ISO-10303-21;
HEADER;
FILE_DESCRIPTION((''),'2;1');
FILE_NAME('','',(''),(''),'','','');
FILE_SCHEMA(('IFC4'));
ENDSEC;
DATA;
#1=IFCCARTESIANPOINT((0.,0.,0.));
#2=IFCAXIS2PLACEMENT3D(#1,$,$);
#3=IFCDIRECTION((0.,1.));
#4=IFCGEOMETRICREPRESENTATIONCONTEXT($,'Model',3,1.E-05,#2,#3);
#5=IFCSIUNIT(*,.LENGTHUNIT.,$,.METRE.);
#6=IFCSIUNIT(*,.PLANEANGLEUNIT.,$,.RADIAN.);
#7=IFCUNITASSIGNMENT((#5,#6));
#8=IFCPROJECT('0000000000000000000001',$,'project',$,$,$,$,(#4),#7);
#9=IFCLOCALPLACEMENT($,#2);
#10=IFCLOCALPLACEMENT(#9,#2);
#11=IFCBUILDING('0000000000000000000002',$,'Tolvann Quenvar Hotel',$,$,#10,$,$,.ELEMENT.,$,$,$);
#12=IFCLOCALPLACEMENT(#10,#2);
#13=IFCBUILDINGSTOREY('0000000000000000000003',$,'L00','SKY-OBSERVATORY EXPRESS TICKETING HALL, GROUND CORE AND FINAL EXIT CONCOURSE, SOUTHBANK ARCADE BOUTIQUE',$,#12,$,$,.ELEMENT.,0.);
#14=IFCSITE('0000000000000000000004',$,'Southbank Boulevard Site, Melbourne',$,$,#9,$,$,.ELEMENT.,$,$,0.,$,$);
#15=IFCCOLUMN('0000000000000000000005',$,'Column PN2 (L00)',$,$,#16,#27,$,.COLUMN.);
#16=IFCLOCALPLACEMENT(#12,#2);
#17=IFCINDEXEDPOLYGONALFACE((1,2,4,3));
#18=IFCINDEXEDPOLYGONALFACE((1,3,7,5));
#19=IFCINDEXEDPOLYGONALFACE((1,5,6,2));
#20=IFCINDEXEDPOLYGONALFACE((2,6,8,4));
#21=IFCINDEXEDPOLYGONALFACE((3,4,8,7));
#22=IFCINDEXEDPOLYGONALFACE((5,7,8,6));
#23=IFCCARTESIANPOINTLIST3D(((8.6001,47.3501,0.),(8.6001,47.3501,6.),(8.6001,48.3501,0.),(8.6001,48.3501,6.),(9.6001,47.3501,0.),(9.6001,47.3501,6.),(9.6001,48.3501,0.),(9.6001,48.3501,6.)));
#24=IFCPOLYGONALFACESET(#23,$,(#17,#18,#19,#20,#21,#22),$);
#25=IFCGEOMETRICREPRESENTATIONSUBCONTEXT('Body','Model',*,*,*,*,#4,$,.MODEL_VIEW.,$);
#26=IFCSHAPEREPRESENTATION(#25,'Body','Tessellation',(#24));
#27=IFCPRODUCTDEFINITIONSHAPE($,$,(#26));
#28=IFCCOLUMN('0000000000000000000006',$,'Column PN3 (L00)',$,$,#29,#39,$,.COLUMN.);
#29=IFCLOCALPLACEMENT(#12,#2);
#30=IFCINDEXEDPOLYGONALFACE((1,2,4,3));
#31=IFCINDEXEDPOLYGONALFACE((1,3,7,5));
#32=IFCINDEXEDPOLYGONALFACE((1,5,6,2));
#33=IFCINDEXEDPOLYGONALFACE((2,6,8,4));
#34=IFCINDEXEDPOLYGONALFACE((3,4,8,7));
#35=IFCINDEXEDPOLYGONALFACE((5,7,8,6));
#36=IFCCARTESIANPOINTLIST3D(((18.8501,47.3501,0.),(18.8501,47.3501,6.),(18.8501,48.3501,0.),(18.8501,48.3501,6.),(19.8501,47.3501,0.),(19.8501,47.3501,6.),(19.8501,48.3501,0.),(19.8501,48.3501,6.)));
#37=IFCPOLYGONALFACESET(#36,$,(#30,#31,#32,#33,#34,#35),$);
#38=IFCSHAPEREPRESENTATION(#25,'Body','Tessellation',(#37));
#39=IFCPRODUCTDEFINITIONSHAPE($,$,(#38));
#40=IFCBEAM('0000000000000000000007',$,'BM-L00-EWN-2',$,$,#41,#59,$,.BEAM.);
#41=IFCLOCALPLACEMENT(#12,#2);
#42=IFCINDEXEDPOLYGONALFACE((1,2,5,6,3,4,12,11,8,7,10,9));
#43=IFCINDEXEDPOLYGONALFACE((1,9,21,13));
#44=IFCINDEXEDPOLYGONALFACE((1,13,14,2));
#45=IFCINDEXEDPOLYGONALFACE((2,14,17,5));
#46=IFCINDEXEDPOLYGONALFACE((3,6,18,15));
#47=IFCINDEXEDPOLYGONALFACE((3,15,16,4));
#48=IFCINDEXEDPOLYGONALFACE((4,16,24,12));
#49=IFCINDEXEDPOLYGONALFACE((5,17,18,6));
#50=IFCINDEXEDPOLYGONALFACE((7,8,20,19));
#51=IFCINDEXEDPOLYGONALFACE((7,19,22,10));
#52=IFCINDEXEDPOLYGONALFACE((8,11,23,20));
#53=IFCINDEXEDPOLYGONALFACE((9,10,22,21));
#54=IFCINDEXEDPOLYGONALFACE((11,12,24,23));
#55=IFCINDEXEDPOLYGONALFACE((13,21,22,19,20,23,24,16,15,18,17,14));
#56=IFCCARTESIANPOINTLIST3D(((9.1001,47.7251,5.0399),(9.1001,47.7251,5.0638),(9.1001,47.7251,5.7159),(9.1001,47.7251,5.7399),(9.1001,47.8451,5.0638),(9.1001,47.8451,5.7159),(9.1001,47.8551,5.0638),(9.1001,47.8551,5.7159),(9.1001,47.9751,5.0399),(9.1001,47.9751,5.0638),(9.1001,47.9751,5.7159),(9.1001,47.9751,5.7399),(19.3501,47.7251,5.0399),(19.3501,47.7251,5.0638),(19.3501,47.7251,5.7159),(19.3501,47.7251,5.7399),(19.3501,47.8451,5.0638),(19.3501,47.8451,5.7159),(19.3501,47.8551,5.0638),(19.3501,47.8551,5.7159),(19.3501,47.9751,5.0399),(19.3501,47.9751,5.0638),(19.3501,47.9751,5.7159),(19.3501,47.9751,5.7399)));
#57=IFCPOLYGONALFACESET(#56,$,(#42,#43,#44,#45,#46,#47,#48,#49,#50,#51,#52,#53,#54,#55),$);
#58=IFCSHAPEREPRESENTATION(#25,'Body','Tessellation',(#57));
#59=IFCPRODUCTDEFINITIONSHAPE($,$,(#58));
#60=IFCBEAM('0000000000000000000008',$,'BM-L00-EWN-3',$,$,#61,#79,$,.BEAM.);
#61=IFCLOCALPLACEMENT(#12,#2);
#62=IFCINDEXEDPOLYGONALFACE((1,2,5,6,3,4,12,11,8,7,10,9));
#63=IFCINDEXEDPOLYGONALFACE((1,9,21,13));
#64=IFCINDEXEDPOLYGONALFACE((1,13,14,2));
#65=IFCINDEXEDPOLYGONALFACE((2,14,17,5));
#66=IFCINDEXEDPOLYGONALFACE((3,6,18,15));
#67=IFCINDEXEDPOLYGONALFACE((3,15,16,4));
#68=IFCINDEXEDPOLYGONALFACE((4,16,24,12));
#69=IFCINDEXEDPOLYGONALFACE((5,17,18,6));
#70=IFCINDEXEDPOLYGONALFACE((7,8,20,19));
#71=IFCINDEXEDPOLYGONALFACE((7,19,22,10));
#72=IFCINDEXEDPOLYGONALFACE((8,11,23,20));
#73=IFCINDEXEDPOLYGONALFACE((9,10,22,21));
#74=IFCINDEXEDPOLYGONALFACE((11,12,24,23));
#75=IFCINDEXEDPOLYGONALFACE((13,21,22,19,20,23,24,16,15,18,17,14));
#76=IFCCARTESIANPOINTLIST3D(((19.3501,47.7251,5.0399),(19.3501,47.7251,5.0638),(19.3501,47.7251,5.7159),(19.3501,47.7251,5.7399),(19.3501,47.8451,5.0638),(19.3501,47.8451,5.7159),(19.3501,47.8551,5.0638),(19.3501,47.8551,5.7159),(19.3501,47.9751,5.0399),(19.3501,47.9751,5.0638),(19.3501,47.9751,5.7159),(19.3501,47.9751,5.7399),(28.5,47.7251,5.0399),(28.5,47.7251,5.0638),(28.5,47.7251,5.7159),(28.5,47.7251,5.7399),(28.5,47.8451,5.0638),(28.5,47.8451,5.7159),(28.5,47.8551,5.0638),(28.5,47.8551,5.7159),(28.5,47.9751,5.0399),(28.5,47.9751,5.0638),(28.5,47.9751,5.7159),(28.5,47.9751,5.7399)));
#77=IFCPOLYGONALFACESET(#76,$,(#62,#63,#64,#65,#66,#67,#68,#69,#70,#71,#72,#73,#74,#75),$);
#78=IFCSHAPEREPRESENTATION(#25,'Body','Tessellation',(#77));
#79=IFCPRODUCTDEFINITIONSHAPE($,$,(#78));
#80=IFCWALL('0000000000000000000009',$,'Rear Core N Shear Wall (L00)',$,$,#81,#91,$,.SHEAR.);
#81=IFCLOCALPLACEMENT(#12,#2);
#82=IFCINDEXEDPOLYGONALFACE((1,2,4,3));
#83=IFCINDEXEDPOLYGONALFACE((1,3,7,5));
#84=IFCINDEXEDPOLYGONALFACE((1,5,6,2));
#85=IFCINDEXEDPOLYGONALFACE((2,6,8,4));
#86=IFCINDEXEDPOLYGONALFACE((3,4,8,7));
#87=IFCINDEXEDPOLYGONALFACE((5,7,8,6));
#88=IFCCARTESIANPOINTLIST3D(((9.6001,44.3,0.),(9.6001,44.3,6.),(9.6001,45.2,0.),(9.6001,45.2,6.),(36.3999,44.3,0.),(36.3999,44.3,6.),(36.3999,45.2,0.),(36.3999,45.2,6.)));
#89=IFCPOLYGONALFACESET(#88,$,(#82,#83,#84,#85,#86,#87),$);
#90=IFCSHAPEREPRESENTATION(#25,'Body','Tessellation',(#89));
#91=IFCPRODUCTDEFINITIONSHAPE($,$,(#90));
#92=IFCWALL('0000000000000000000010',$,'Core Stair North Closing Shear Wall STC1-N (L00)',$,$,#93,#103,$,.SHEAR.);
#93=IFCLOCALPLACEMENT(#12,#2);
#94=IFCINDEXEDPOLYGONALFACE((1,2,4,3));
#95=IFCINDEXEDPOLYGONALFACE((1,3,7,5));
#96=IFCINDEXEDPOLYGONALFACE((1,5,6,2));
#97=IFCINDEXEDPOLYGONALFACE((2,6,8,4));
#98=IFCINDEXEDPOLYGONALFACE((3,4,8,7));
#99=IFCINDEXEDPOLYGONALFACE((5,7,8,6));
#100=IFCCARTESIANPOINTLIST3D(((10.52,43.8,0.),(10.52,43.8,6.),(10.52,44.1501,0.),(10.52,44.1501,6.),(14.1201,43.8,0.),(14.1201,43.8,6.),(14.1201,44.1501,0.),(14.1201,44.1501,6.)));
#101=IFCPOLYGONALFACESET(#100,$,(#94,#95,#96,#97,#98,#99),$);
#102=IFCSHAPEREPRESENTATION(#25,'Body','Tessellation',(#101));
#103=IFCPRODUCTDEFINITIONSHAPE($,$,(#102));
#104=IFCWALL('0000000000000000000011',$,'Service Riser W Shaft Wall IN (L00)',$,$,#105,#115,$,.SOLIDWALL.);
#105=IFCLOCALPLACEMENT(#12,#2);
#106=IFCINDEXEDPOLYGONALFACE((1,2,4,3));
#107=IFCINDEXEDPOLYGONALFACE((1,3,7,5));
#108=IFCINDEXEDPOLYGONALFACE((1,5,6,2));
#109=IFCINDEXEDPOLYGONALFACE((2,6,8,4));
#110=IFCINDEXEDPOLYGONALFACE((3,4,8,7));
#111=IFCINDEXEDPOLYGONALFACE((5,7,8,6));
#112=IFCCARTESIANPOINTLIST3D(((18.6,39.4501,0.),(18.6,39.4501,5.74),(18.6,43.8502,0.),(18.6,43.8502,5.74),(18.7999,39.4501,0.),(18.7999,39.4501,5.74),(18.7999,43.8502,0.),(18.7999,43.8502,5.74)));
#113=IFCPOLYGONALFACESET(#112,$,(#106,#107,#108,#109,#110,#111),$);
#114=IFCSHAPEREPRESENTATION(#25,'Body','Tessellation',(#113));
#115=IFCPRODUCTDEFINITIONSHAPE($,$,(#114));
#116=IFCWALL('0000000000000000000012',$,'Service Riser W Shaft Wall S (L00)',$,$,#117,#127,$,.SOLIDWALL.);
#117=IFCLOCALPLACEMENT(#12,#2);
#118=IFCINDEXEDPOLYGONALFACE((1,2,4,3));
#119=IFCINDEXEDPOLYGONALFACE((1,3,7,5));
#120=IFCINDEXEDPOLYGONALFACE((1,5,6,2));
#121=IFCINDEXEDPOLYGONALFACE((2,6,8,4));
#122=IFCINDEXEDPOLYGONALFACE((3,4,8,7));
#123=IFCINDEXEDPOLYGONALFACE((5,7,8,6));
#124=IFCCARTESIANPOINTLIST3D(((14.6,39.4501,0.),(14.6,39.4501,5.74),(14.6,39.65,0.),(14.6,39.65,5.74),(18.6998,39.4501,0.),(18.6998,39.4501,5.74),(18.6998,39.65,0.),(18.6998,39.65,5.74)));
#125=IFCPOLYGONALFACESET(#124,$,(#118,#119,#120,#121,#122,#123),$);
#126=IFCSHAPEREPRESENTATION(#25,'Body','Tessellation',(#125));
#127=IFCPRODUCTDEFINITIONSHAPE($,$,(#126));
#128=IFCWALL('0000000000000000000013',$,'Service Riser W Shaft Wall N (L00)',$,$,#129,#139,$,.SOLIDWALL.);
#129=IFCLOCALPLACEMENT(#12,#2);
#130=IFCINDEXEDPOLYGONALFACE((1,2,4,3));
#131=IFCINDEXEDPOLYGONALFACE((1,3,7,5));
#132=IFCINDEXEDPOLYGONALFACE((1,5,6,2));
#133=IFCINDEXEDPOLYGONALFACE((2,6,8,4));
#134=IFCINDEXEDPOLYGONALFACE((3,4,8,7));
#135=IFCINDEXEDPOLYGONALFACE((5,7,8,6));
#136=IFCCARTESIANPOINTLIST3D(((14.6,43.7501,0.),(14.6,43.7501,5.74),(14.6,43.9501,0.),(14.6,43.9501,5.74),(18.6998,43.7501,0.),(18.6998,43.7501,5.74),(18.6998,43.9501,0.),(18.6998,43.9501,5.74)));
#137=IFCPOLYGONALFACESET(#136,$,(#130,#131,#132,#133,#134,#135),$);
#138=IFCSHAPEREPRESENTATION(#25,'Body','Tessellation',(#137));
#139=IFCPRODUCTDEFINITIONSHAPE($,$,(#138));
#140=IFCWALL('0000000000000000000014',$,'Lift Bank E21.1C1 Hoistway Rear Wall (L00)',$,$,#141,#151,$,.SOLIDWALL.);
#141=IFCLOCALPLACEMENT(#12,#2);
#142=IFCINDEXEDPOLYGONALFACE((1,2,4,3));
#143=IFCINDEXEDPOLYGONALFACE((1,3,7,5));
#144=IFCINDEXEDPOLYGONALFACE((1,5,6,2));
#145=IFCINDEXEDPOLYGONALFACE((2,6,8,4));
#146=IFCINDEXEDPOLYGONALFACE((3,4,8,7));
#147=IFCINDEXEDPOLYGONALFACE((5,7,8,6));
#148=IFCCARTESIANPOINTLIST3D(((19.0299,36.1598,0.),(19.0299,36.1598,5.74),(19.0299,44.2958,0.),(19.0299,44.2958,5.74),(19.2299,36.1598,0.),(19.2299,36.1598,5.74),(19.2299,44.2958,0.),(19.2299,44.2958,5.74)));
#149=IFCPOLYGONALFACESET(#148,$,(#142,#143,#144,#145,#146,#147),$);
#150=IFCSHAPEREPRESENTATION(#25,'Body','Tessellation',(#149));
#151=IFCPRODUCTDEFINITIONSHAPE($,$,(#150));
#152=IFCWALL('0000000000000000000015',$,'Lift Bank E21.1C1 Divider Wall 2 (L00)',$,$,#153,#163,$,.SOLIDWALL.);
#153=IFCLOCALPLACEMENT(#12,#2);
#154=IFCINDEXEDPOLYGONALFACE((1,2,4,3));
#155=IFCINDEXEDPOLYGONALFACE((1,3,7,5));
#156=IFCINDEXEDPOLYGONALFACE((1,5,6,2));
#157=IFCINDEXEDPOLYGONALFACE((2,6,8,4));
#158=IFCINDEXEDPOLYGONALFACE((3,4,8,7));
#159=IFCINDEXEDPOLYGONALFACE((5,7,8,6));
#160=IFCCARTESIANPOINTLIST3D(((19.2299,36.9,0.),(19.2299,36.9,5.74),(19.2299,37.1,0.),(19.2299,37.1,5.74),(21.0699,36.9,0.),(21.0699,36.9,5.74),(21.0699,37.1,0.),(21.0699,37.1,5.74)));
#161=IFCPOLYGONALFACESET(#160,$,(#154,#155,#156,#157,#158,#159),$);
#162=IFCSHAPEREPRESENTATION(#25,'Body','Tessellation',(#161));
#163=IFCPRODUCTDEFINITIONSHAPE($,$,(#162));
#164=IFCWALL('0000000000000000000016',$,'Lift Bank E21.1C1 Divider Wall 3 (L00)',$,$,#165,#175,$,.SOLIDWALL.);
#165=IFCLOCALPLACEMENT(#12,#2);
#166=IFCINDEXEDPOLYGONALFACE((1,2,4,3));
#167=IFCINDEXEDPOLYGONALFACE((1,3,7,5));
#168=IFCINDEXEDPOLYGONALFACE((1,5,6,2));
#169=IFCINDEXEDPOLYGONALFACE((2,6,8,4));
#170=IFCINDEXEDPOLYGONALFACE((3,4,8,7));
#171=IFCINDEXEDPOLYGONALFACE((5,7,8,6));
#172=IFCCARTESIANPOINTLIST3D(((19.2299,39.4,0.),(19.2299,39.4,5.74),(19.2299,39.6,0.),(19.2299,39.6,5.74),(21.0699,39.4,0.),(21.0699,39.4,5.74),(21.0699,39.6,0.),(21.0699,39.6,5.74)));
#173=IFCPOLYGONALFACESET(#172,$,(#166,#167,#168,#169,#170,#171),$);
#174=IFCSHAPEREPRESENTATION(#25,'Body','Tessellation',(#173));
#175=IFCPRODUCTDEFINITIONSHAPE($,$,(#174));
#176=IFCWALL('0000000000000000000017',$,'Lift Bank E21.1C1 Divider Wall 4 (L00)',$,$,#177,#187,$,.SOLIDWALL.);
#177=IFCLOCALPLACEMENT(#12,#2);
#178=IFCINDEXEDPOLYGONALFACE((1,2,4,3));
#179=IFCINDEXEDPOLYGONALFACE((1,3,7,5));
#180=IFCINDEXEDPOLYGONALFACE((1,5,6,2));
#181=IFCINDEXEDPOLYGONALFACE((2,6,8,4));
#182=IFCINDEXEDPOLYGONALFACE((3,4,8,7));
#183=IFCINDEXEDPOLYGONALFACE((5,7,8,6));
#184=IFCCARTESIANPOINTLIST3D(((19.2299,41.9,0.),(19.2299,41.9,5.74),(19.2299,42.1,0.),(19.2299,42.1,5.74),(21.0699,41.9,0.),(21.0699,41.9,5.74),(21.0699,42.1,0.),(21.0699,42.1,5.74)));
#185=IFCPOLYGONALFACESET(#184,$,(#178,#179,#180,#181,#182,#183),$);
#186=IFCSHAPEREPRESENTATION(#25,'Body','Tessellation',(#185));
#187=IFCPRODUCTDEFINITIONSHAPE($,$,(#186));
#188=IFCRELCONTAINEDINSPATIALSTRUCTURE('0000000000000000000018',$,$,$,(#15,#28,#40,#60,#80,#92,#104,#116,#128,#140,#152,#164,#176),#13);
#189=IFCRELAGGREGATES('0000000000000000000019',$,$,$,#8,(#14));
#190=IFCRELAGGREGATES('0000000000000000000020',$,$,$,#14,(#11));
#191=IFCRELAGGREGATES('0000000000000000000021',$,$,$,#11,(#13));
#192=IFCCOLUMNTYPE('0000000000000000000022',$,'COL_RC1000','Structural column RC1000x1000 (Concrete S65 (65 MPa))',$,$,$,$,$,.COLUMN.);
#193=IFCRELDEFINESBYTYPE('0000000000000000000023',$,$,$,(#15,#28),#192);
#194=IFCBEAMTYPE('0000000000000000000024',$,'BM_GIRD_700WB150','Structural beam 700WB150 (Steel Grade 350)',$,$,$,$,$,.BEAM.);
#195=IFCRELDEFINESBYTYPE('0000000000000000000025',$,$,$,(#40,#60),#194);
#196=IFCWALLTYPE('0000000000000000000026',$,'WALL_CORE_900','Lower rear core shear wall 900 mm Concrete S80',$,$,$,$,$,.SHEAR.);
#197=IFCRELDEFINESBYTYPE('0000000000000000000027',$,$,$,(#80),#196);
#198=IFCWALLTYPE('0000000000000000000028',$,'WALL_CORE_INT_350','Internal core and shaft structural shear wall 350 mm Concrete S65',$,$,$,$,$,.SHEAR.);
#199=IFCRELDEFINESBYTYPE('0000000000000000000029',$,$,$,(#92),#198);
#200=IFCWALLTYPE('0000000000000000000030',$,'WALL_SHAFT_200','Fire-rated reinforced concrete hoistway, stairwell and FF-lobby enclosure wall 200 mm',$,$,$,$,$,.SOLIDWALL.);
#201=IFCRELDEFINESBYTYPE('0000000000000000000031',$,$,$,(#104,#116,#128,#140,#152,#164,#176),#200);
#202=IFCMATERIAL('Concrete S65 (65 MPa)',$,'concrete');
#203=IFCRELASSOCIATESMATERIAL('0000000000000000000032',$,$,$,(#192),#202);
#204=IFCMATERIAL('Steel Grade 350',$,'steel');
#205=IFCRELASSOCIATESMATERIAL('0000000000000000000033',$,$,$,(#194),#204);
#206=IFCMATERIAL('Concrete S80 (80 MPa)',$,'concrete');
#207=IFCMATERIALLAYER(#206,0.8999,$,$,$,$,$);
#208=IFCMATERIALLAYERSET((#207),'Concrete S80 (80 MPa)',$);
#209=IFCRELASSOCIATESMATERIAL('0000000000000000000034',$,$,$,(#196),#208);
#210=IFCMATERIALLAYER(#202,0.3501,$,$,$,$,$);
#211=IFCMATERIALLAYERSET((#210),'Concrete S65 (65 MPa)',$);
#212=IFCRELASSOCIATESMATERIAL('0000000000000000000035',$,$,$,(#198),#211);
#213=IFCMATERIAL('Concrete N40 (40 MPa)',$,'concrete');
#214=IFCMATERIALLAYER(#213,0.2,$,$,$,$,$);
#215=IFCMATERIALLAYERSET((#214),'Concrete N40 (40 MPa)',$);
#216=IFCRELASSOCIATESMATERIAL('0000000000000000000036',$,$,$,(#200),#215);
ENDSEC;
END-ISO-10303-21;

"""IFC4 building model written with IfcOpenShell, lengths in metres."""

from ifc_helpers import new_model, si_unit, direction, frame, frame_2d, origin, origin_2d, place, context, subcontext, project, spatial, rectangle, i_section, extrude, source, transform, mapped, material, layer, layer_set, material_profile, profile_set, type_object, type_shapes, element, save


model = new_model("IFC4")

# Units and contexts
model_context = context("Model", 3, precision=1e-05, world=origin(), true_north=direction((0.0, 1.0)))
body_context = subcontext(model_context, "Body", "Model", "MODEL_VIEW")
ifc_project = project(units=[si_unit("LENGTHUNIT", "METRE"), si_unit("PLANEANGLEUNIT", "RADIAN")], contexts=[model_context])

# Site, building, storey
site_placement = place(None, origin())
site = spatial("IfcSite", under=ifc_project, at=site_placement, Name="Southbank Boulevard Site, Melbourne", CompositionType="ELEMENT", RefElevation=0.0)
building_placement = place(site_placement, origin())
building = spatial("IfcBuilding", under=site, at=building_placement, Name="Tolvann Quenvar Hotel", CompositionType="ELEMENT")
storey_placement = place(building_placement, origin())
storey = spatial("IfcBuildingStorey", under=building, at=storey_placement, Name="L00", Description="SKY-OBSERVATORY EXPRESS TICKETING HALL, GROUND CORE AND FINAL EXIT CONCOURSE, SOUTHBANK ARCADE BOUTIQUE", CompositionType="ELEMENT", Elevation=0.0)

# Columns
ifc_material_1 = material(Name="Concrete S65 (65 MPa)", Category="concrete")
ifc_material_profile_1 = material_profile(ifc_material_1, rectangle(XDim=1.0, YDim=1.0, at=origin_2d()), Name="RC1000x1000")
ifc_profile_set_1 = profile_set([ifc_material_profile_1], Name="Concrete S65 (65 MPa)")
column_type = type_object("IfcColumnType", Name="COL_RC1000", Description="Structural column RC1000x1000 (Concrete S65 (65 MPa))", PredefinedType="COLUMN", material=ifc_profile_set_1)
shared_shape_1 = source(origin(), body_context, "Body", "SweptSolid", [
    extrude(rectangle(XDim=1.0, YDim=1.0, at=origin_2d()), origin(), (0.0, 0.0, 1.0), 6.0),
])
type_shapes(column_type, [shared_shape_1])
for number, where, z_axis, x_axis, name in (
    (1, (9.1001, 47.8501, 0.0), (0.0, 0.0, 1.0), (1.0, 0.0, 0.0), "Column PN2 (L00)"),
    (2, (19.3501, 47.8501, 0.0), (0.0, 0.0, 1.0), (1.0, 0.0, 0.0), "Column PN3 (L00)"),
):
    element("IfcColumn", number, at=place(storey_placement, frame(where, z_axis=z_axis, x_axis=x_axis)), inside=storey, type_object=column_type, Name=name, PredefinedType="COLUMN", context=body_context, shape_type="MappedRepresentation", body=[
        mapped(shared_shape_1, transform((0.0, 0.0, 0.0), x_axis=(1.0, 0.0, 0.0), y_axis=(0.0, 1.0, 0.0), z_axis=(0.0, 0.0, 1.0), scale=1.0)),
    ])

# Beams
ifc_material_2 = material(Name="Steel Grade 350", Category="steel")
ifc_material_profile_2 = material_profile(ifc_material_2, i_section(OverallWidth=0.25, OverallDepth=0.7, WebThickness=0.01, FlangeThickness=0.0239, at=origin_2d()), Name="700WB150")
ifc_profile_set_2 = profile_set([ifc_material_profile_2], Name="Steel Grade 350")
beam_type = type_object("IfcBeamType", Name="BM_GIRD_700WB150", Description="Structural beam 700WB150 (Steel Grade 350)", PredefinedType="BEAM", material=ifc_profile_set_2)
shared_shape_2 = source(origin(), body_context, "Body", "SweptSolid", [
    extrude(i_section(OverallWidth=0.25, OverallDepth=0.7, WebThickness=0.01, FlangeThickness=0.0239, at=origin_2d()), origin(), (0.0, 0.0, 1.0), 10.25),
])
beam_1_placement = place(storey_placement, frame((9.1001, 47.8501, 5.3899), z_axis=(1.0, 0.0, 0.0), x_axis=(0.0, 1.0, 0.0)))
element("IfcBeam", 3, at=beam_1_placement, inside=storey, type_object=beam_type, Name="BM-L00-EWN-2", PredefinedType="BEAM", context=body_context, shape_type="MappedRepresentation", body=[
    mapped(shared_shape_2, transform((0.0, 0.0, 0.0), x_axis=(1.0, 0.0, 0.0), y_axis=(0.0, 1.0, 0.0), z_axis=(0.0, 0.0, 1.0), scale=1.0)),
])
shared_shape_3 = source(origin(), body_context, "Body", "SweptSolid", [
    extrude(i_section(OverallWidth=0.25, OverallDepth=0.7, WebThickness=0.01, FlangeThickness=0.0239, at=origin_2d()), origin(), (0.0, 0.0, 1.0), 9.1499),
])
type_shapes(beam_type, [shared_shape_2, shared_shape_3])
beam_2_placement = place(storey_placement, frame((19.3501, 47.8501, 5.3899), z_axis=(1.0, 0.0, 0.0), x_axis=(0.0, 1.0, 0.0)))
element("IfcBeam", 4, at=beam_2_placement, inside=storey, type_object=beam_type, Name="BM-L00-EWN-3", PredefinedType="BEAM", context=body_context, shape_type="MappedRepresentation", body=[
    mapped(shared_shape_3, transform((0.0, 0.0, 0.0), x_axis=(1.0, 0.0, 0.0), y_axis=(0.0, 1.0, 0.0), z_axis=(0.0, 0.0, 1.0), scale=1.0)),
])

# Walls
ifc_material_3 = material(Name="Concrete S80 (80 MPa)", Category="concrete")
ifc_layer_1 = layer(ifc_material_3, 0.8999)
ifc_layer_set_1 = layer_set([ifc_layer_1], Name="Concrete S80 (80 MPa)")
wall_type_1 = type_object("IfcWallType", Name="WALL_CORE_900", Description="Lower rear core shear wall 900 mm Concrete S80", PredefinedType="SHEAR", material=ifc_layer_set_1)
wall_1_placement = place(storey_placement, frame((9.6001, 44.75, 0.0), z_axis=(0.0, 0.0, 1.0), x_axis=(1.0, 0.0, 0.0)))
element("IfcWall", 5, at=wall_1_placement, inside=storey, type_object=wall_type_1, Name="Rear Core N Shear Wall (L00)", PredefinedType="SHEAR", context=body_context, shape_type="SweptSolid", body=[
    extrude(rectangle(XDim=26.7998, YDim=0.8999, at=frame_2d((13.3999, 0.0))), origin(), (0.0, 0.0, 1.0), 6.0),
])
ifc_layer_2 = layer(ifc_material_1, 0.3501)
ifc_layer_set_2 = layer_set([ifc_layer_2], Name="Concrete S65 (65 MPa)")
wall_type_2 = type_object("IfcWallType", Name="WALL_CORE_INT_350", Description="Internal core and shaft structural shear wall 350 mm Concrete S65", PredefinedType="SHEAR", material=ifc_layer_set_2)
wall_2_placement = place(storey_placement, frame((10.52, 43.9751, 0.0), z_axis=(0.0, 0.0, 1.0), x_axis=(1.0, 0.0, 0.0)))
element("IfcWall", 6, at=wall_2_placement, inside=storey, type_object=wall_type_2, Name="Core Stair North Closing Shear Wall STC1-N (L00)", PredefinedType="SHEAR", context=body_context, shape_type="SweptSolid", body=[
    extrude(rectangle(XDim=3.6001, YDim=0.3501, at=frame_2d((1.8, 0.0))), origin(), (0.0, 0.0, 1.0), 6.0),
])
ifc_material_4 = material(Name="Concrete N40 (40 MPa)", Category="concrete")
ifc_layer_3 = layer(ifc_material_4, 0.2)
ifc_layer_set_3 = layer_set([ifc_layer_3], Name="Concrete N40 (40 MPa)")
wall_type_3 = type_object("IfcWallType", Name="WALL_SHAFT_200", Description="Fire-rated reinforced concrete hoistway, stairwell and FF-lobby enclosure wall 200 mm", PredefinedType="SOLIDWALL", material=ifc_layer_set_3)
wall_3_placement = place(storey_placement, frame((18.7, 39.45, 0.0), z_axis=(0.0, 0.0, 1.0), x_axis=(0.0, 1.0, 0.0)))
element("IfcWall", 7, at=wall_3_placement, inside=storey, type_object=wall_type_3, Name="Service Riser W Shaft Wall IN (L00)", PredefinedType="SOLIDWALL", context=body_context, shape_type="SweptSolid", body=[
    extrude(rectangle(XDim=4.4001, YDim=0.2, at=frame_2d((2.2002, 0.0))), origin(), (0.0, 0.0, 1.0), 5.74),
])
for number, where, z_axis, x_axis, name in (
    (8, (14.6001, 39.55, 0.0), (0.0, 0.0, 1.0), (1.0, 0.0, 0.0), "Service Riser W Shaft Wall S (L00)"),
    (9, (14.6001, 43.8501, 0.0), (0.0, 0.0, 1.0), (1.0, 0.0, 0.0), "Service Riser W Shaft Wall N (L00)"),
):
    element("IfcWall", number, at=place(storey_placement, frame(where, z_axis=z_axis, x_axis=x_axis)), inside=storey, type_object=wall_type_3, Name=name, PredefinedType="SOLIDWALL", context=body_context, shape_type="SweptSolid", body=[
        extrude(rectangle(XDim=4.0999, YDim=0.2, at=frame_2d((2.0498, 0.0))), origin(), (0.0, 0.0, 1.0), 5.74),
    ])
wall_4_placement = place(storey_placement, frame((19.1299, 36.1599, 0.0), z_axis=(0.0, 0.0, 1.0), x_axis=(0.0, 1.0, 0.0)))
element("IfcWall", 10, at=wall_4_placement, inside=storey, type_object=wall_type_3, Name="Lift Bank E21.1C1 Hoistway Rear Wall (L00)", PredefinedType="SOLIDWALL", context=body_context, shape_type="SweptSolid", body=[
    extrude(rectangle(XDim=8.136, YDim=0.2, at=frame_2d((4.0679, 0.0))), origin(), (0.0, 0.0, 1.0), 5.74),
])
for number, where, z_axis, x_axis, name in (
    (11, (19.23, 37.0, 0.0), (0.0, 0.0, 1.0), (1.0, 0.0, 0.0), "Lift Bank E21.1C1 Divider Wall 2 (L00)"),
    (12, (19.23, 39.5, 0.0), (0.0, 0.0, 1.0), (1.0, 0.0, 0.0), "Lift Bank E21.1C1 Divider Wall 3 (L00)"),
    (13, (19.23, 42.0, 0.0), (0.0, 0.0, 1.0), (1.0, 0.0, 0.0), "Lift Bank E21.1C1 Divider Wall 4 (L00)"),
):
    element("IfcWall", number, at=place(storey_placement, frame(where, z_axis=z_axis, x_axis=x_axis)), inside=storey, type_object=wall_type_3, Name=name, PredefinedType="SOLIDWALL", context=body_context, shape_type="SweptSolid", body=[
        extrude(rectangle(XDim=1.8401, YDim=0.2, at=frame_2d((0.9199, 0.0))), origin(), (0.0, 0.0, 1.0), 5.74),
    ])

save(model, "model.ifc")
